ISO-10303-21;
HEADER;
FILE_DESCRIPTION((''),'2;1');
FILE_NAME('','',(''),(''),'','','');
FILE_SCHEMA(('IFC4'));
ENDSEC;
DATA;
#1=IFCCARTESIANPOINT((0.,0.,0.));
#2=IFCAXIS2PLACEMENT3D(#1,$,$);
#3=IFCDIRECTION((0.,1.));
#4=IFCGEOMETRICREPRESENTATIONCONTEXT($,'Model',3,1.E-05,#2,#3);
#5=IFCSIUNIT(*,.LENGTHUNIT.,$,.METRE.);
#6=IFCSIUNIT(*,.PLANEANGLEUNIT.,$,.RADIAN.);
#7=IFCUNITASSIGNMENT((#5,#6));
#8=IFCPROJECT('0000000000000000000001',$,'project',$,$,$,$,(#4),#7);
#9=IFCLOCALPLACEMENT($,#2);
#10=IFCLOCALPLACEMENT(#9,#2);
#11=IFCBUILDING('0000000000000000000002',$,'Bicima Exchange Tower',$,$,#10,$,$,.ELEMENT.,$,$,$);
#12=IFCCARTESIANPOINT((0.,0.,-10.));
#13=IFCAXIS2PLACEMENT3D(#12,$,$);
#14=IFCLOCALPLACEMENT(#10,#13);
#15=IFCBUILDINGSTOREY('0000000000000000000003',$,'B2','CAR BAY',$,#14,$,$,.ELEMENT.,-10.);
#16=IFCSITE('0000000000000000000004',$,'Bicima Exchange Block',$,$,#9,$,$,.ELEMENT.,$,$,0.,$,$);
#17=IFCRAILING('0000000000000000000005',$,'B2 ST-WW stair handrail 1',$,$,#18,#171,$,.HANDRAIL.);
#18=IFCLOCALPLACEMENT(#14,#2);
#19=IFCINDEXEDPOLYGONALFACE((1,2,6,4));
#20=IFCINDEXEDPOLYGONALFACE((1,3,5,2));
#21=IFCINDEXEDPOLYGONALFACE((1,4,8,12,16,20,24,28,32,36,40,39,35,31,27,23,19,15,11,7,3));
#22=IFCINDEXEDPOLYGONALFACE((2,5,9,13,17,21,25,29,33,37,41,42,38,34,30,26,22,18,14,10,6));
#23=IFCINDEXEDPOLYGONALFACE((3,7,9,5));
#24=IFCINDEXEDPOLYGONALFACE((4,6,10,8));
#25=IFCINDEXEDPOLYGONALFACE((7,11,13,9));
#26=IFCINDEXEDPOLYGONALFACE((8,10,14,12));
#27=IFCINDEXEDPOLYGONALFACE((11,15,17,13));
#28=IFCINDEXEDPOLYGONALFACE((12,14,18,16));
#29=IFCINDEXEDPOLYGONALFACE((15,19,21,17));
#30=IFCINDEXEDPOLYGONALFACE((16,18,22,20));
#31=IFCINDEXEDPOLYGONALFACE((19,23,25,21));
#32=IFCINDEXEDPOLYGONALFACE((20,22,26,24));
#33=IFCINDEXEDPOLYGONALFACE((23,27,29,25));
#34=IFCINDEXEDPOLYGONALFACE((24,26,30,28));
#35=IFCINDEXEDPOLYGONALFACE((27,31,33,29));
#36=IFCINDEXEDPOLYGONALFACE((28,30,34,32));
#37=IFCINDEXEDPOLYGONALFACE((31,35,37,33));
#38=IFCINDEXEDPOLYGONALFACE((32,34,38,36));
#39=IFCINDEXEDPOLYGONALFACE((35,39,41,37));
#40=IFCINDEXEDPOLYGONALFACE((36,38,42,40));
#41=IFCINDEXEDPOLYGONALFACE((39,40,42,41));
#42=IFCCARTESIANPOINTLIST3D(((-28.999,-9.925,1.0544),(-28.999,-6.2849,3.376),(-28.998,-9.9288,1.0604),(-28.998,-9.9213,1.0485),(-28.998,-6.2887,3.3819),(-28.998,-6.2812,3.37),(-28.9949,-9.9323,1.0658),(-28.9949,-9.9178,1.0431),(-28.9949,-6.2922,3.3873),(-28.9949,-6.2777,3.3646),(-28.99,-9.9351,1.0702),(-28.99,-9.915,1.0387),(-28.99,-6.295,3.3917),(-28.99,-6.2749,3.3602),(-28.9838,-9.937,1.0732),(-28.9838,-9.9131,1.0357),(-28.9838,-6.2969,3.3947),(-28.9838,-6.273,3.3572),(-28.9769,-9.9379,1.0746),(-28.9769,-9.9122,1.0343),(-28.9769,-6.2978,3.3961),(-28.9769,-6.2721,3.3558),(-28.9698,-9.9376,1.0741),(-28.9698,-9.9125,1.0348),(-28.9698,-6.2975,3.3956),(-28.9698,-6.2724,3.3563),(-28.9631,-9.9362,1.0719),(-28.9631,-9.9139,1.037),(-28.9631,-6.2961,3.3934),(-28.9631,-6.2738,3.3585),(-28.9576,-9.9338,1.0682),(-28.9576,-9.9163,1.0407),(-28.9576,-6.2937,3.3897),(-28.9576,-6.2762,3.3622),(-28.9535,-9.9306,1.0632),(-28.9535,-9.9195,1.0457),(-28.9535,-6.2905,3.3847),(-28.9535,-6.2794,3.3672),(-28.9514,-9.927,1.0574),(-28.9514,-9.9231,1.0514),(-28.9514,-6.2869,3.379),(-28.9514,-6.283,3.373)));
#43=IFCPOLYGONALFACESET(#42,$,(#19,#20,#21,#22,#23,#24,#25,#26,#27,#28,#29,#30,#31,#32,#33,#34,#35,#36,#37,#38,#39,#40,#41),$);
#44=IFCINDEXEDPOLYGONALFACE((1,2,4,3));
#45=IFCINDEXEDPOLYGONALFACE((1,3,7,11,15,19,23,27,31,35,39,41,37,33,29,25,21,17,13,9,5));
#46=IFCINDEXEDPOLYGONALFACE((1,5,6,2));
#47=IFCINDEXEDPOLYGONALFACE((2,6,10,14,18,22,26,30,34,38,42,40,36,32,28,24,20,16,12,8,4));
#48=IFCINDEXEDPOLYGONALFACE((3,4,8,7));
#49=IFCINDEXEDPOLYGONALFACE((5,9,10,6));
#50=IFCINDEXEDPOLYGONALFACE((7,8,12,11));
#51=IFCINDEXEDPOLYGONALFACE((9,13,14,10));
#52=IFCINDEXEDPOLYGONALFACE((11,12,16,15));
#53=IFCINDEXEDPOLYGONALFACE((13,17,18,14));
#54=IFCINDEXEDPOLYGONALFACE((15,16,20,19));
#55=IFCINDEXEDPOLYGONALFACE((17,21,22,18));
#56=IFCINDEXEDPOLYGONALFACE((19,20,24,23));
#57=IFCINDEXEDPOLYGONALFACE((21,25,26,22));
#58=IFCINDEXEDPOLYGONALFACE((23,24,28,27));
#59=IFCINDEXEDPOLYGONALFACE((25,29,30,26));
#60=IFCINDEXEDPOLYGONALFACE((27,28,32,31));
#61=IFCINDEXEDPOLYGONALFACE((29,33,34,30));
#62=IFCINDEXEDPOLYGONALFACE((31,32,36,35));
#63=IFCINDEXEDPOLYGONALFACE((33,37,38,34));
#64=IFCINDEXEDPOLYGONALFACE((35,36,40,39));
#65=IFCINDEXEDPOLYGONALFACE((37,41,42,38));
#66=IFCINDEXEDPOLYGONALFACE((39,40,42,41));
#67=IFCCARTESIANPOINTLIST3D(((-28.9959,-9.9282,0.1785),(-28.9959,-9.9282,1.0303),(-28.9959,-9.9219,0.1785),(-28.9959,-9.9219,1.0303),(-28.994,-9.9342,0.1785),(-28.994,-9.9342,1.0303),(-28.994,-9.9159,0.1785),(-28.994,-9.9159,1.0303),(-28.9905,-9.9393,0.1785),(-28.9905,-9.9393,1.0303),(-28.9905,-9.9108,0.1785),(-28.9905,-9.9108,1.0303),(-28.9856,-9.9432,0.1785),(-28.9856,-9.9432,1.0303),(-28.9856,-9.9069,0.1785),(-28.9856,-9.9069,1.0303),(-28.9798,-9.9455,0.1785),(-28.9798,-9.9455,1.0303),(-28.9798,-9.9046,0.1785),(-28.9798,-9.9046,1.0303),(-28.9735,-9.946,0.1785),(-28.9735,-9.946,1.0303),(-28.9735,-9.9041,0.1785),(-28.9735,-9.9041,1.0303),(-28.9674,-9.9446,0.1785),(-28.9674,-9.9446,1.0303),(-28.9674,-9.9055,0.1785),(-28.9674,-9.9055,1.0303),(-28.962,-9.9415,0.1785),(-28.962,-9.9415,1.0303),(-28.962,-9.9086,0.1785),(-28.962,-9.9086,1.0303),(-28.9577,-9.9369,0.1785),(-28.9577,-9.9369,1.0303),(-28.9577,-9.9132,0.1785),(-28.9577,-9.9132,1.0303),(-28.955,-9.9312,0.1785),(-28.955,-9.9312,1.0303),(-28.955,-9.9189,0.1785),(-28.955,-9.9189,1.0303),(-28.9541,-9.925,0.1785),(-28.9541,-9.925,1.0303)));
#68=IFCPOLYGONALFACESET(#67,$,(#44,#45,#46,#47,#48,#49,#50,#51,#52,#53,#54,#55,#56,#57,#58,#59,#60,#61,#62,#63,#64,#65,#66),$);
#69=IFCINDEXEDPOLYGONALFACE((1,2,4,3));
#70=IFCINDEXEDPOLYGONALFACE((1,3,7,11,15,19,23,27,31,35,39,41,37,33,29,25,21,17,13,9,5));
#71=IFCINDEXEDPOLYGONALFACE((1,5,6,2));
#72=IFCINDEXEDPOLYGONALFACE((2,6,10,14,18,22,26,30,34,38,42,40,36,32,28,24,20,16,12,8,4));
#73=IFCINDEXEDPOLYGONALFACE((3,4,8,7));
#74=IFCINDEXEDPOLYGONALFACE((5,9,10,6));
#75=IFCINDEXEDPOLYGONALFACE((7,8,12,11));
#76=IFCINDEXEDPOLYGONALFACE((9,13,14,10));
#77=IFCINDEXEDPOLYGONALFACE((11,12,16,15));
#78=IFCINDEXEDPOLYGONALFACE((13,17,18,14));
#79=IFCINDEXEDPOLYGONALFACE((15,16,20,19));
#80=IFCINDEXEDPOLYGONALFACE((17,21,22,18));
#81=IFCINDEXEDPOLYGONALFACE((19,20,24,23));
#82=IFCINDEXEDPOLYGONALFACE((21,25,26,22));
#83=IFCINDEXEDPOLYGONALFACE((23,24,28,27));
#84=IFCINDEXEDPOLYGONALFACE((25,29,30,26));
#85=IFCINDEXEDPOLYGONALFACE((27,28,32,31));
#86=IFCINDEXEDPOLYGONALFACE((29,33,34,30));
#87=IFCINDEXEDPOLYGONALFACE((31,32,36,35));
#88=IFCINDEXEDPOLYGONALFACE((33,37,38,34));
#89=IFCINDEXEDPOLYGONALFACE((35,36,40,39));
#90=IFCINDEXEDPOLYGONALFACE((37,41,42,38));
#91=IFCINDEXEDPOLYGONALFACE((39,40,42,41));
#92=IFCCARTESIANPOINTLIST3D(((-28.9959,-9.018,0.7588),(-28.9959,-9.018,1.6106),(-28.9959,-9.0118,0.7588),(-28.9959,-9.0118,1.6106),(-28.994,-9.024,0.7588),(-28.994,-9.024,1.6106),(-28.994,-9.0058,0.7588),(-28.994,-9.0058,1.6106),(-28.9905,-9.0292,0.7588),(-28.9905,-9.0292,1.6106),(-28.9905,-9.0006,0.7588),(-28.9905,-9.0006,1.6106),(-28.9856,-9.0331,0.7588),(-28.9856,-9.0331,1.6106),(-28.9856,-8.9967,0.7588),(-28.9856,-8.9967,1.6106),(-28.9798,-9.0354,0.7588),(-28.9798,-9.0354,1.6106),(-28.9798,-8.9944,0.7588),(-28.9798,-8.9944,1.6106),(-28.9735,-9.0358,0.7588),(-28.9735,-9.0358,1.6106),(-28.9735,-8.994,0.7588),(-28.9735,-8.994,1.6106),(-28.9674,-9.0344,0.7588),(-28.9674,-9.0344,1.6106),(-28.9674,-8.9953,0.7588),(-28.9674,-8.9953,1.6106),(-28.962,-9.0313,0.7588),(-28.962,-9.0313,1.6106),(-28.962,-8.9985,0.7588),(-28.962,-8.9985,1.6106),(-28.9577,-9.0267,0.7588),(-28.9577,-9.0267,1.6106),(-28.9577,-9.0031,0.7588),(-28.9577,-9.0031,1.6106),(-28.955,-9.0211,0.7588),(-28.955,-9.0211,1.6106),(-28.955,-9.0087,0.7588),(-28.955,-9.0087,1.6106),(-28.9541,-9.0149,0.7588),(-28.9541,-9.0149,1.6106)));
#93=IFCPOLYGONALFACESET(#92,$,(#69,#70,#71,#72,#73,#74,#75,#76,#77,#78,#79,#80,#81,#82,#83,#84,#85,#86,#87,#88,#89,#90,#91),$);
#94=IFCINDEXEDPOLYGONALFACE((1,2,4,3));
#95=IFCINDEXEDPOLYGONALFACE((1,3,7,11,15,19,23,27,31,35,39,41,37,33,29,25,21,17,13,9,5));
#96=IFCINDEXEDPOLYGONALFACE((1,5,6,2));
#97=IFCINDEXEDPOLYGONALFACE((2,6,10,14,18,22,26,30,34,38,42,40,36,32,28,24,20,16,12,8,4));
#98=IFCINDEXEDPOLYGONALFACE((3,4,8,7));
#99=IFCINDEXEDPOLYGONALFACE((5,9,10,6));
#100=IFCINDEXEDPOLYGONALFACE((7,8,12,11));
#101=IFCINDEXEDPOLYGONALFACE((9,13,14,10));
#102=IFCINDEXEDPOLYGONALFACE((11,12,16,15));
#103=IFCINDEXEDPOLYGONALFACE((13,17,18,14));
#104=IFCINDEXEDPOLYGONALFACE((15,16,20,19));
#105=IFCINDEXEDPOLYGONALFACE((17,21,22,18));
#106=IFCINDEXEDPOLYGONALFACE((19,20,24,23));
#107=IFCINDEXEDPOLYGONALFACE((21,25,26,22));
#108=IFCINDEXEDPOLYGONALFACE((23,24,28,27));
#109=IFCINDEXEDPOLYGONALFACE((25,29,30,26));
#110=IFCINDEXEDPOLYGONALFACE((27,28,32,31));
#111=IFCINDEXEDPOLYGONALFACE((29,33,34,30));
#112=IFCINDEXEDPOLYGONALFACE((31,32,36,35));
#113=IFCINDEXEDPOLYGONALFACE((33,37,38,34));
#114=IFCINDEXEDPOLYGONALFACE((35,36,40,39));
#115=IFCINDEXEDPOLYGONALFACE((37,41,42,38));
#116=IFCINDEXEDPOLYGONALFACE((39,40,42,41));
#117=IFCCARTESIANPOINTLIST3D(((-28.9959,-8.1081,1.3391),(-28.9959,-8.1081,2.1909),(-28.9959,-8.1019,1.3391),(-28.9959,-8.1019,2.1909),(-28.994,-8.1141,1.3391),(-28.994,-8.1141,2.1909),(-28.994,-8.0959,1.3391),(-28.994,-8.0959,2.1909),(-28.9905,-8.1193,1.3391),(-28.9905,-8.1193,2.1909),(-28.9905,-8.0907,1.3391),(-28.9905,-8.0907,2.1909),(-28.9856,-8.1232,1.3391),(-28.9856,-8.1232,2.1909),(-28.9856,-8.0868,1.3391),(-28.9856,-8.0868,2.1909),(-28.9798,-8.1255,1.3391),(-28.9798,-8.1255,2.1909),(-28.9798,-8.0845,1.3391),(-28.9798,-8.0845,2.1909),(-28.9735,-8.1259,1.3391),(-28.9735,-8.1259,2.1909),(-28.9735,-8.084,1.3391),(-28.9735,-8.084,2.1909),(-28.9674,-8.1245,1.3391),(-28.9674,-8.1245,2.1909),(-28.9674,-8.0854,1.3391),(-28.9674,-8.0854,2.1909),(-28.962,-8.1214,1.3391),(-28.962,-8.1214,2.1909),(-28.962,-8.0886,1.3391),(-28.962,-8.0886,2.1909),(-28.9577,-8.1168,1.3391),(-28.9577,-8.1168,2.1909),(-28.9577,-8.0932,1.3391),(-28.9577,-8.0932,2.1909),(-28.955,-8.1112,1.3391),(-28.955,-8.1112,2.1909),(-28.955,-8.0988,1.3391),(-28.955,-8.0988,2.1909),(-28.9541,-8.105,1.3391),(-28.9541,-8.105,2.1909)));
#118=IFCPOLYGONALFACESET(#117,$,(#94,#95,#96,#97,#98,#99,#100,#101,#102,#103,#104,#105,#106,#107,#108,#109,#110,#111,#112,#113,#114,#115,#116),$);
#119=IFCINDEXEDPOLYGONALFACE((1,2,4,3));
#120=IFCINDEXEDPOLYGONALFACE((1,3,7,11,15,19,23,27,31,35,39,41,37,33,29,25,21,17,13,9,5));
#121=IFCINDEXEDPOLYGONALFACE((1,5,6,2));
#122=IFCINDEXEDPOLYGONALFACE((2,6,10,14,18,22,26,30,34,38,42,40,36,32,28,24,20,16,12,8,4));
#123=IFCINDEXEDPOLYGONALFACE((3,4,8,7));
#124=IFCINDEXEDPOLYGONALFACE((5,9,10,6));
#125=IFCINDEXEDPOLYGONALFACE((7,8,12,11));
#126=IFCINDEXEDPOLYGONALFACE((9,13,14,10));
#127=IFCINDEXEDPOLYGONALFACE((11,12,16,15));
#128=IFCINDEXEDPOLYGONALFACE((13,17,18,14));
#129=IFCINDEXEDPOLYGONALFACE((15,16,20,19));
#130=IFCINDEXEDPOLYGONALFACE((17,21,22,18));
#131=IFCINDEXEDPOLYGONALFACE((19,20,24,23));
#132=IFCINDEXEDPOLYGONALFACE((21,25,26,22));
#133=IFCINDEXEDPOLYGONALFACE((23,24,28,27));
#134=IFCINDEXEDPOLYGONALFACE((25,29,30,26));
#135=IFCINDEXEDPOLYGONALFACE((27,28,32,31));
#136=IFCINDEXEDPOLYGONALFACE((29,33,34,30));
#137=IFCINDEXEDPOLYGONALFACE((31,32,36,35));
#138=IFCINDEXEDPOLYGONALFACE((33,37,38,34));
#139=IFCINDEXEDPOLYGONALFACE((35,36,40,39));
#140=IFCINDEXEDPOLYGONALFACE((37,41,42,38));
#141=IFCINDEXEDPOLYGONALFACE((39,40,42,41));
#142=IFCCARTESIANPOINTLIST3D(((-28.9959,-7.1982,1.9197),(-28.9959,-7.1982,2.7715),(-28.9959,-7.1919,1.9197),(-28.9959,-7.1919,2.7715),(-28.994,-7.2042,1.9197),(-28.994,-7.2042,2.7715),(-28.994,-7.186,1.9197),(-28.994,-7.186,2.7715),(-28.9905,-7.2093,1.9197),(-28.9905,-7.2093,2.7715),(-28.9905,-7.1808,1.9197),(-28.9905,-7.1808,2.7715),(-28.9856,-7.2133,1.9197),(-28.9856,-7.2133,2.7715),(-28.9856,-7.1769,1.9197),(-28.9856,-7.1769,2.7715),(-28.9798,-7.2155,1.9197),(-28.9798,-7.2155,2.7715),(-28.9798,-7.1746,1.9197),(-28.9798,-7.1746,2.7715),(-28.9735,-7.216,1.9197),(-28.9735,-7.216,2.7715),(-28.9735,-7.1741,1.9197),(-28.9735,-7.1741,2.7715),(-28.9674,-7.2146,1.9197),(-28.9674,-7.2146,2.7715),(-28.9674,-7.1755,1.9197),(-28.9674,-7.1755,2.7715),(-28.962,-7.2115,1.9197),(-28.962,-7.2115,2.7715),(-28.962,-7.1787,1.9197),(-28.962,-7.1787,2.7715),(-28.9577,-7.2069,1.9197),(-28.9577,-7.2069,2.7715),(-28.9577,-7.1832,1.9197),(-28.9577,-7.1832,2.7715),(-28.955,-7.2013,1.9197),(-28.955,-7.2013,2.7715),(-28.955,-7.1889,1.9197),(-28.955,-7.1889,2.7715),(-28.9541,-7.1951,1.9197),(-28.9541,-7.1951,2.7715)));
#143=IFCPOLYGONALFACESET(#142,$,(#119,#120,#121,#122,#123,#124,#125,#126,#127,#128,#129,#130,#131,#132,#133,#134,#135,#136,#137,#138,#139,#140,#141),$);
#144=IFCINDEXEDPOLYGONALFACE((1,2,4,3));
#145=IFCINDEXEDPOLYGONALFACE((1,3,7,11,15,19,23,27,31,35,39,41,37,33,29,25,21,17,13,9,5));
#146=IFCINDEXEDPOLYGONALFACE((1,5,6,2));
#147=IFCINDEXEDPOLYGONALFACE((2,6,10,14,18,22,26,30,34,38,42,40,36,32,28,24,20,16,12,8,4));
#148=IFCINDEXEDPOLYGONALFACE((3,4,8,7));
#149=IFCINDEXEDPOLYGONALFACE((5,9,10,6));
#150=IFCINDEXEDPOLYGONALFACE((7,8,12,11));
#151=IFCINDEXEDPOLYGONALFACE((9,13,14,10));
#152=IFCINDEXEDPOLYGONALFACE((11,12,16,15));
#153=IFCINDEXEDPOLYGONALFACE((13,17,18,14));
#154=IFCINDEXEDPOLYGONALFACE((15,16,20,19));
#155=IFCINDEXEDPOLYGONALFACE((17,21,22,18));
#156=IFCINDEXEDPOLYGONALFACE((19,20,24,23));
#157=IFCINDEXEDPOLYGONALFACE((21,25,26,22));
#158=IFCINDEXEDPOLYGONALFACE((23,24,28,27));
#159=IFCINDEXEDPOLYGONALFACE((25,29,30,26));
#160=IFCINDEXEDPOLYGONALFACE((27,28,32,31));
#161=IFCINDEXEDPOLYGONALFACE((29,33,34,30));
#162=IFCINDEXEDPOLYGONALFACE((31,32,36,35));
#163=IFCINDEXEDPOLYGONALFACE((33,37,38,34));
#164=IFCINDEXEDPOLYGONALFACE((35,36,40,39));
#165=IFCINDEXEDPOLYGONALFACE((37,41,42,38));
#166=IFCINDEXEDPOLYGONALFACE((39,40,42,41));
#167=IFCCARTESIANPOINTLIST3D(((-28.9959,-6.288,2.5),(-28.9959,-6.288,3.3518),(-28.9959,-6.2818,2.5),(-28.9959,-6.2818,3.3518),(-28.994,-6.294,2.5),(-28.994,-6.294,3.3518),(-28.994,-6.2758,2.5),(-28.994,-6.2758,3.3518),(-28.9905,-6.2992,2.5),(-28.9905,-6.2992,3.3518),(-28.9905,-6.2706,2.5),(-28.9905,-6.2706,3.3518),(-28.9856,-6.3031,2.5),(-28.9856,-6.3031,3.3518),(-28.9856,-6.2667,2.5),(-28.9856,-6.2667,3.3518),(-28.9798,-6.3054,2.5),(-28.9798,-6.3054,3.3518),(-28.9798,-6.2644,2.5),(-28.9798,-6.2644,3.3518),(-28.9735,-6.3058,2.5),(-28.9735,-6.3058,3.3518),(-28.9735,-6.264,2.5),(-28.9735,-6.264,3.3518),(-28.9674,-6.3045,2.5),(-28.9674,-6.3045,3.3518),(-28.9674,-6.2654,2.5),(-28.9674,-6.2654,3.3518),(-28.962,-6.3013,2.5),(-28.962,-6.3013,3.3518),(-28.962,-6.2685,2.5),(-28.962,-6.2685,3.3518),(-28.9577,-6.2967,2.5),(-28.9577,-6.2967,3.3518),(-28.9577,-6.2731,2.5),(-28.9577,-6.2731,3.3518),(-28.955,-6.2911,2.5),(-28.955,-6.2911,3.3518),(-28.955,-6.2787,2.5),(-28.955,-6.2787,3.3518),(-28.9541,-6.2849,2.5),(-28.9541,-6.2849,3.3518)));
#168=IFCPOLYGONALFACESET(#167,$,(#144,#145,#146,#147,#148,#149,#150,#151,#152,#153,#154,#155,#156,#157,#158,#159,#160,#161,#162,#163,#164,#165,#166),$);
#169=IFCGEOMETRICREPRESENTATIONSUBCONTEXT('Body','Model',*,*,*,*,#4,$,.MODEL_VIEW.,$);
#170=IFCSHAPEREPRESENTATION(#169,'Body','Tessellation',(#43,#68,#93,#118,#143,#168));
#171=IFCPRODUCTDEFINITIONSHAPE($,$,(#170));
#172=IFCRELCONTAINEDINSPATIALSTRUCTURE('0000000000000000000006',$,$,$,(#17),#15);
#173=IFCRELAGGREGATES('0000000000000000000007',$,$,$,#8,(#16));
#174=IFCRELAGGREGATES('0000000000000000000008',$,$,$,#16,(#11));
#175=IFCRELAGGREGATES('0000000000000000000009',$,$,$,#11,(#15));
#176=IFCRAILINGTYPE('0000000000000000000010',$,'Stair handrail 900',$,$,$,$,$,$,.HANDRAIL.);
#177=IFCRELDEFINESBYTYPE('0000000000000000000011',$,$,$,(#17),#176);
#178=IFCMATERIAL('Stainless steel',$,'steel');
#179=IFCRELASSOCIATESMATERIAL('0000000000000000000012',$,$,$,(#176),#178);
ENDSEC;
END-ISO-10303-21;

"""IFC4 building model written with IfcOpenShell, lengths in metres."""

from ifc_helpers import new_model, si_unit, direction, frame, origin, origin_2d, place, context, subcontext, project, spatial, circle, extrude, material, type_object, element, save


model = new_model("IFC4")

# Units and contexts
model_context = context("Model", 3, precision=1e-05, world=origin(), true_north=direction((0.0, 1.0)))
body_context = subcontext(model_context, "Body", "Model", "MODEL_VIEW")
ifc_project = project(units=[si_unit("LENGTHUNIT", "METRE"), si_unit("PLANEANGLEUNIT", "RADIAN")], contexts=[model_context])

# Site, building, storey
site_placement = place(None, origin())
site = spatial("IfcSite", under=ifc_project, at=site_placement, Name="Bicima Exchange Block", CompositionType="ELEMENT", RefElevation=0.0)
building_placement = place(site_placement, origin())
building = spatial("IfcBuilding", under=site, at=building_placement, Name="Bicima Exchange Tower", CompositionType="ELEMENT")
storey_placement = place(building_placement, frame((0.0, 0.0, -10.0)))
storey = spatial("IfcBuildingStorey", under=building, at=storey_placement, Name="B2", Description="CAR BAY", CompositionType="ELEMENT", Elevation=-10.0)

# Railing
ifc_material_1 = material(Name="Stainless steel", Category="steel")
railing_type_1 = type_object("IfcRailingType", Name="Stair handrail 900", PredefinedType="HANDRAIL", material=ifc_material_1)
railing_1_placement = place(storey_placement, frame((-28.9751, -9.925, 0.1785)))
element("IfcRailing", 1, at=railing_1_placement, inside=storey, type_object=railing_type_1, Name="B2 ST-WW stair handrail 1", PredefinedType="HANDRAIL", context=body_context, shape_type="SweptSolid", body=[
    extrude(circle(Radius=0.0239, at=origin_2d()), frame((0.0, 0.0, 0.876), z_axis=(0.0, 0.843128, 0.537713), x_axis=(-1.0, 0.0, 0.0)), (0.0, 0.0, 1.0), 4.3174),
    extrude(circle(Radius=0.021, at=origin_2d()), origin(), (0.0, 0.0, 1.0), 0.8518),
    extrude(circle(Radius=0.021, at=origin_2d()), frame((0.0, 0.9102, 0.5803)), (0.0, 0.0, 1.0), 0.8518),
    extrude(circle(Radius=0.021, at=origin_2d()), frame((0.0, 1.8201, 1.1606)), (0.0, 0.0, 1.0), 0.8518),
    extrude(circle(Radius=0.021, at=origin_2d()), frame((0.0, 2.73, 1.7412)), (0.0, 0.0, 1.0), 0.8518),
    extrude(circle(Radius=0.021, at=origin_2d()), frame((0.0, 3.6401, 2.3215)), (0.0, 0.0, 1.0), 0.8518),
])

save(model, "model.ifc")
